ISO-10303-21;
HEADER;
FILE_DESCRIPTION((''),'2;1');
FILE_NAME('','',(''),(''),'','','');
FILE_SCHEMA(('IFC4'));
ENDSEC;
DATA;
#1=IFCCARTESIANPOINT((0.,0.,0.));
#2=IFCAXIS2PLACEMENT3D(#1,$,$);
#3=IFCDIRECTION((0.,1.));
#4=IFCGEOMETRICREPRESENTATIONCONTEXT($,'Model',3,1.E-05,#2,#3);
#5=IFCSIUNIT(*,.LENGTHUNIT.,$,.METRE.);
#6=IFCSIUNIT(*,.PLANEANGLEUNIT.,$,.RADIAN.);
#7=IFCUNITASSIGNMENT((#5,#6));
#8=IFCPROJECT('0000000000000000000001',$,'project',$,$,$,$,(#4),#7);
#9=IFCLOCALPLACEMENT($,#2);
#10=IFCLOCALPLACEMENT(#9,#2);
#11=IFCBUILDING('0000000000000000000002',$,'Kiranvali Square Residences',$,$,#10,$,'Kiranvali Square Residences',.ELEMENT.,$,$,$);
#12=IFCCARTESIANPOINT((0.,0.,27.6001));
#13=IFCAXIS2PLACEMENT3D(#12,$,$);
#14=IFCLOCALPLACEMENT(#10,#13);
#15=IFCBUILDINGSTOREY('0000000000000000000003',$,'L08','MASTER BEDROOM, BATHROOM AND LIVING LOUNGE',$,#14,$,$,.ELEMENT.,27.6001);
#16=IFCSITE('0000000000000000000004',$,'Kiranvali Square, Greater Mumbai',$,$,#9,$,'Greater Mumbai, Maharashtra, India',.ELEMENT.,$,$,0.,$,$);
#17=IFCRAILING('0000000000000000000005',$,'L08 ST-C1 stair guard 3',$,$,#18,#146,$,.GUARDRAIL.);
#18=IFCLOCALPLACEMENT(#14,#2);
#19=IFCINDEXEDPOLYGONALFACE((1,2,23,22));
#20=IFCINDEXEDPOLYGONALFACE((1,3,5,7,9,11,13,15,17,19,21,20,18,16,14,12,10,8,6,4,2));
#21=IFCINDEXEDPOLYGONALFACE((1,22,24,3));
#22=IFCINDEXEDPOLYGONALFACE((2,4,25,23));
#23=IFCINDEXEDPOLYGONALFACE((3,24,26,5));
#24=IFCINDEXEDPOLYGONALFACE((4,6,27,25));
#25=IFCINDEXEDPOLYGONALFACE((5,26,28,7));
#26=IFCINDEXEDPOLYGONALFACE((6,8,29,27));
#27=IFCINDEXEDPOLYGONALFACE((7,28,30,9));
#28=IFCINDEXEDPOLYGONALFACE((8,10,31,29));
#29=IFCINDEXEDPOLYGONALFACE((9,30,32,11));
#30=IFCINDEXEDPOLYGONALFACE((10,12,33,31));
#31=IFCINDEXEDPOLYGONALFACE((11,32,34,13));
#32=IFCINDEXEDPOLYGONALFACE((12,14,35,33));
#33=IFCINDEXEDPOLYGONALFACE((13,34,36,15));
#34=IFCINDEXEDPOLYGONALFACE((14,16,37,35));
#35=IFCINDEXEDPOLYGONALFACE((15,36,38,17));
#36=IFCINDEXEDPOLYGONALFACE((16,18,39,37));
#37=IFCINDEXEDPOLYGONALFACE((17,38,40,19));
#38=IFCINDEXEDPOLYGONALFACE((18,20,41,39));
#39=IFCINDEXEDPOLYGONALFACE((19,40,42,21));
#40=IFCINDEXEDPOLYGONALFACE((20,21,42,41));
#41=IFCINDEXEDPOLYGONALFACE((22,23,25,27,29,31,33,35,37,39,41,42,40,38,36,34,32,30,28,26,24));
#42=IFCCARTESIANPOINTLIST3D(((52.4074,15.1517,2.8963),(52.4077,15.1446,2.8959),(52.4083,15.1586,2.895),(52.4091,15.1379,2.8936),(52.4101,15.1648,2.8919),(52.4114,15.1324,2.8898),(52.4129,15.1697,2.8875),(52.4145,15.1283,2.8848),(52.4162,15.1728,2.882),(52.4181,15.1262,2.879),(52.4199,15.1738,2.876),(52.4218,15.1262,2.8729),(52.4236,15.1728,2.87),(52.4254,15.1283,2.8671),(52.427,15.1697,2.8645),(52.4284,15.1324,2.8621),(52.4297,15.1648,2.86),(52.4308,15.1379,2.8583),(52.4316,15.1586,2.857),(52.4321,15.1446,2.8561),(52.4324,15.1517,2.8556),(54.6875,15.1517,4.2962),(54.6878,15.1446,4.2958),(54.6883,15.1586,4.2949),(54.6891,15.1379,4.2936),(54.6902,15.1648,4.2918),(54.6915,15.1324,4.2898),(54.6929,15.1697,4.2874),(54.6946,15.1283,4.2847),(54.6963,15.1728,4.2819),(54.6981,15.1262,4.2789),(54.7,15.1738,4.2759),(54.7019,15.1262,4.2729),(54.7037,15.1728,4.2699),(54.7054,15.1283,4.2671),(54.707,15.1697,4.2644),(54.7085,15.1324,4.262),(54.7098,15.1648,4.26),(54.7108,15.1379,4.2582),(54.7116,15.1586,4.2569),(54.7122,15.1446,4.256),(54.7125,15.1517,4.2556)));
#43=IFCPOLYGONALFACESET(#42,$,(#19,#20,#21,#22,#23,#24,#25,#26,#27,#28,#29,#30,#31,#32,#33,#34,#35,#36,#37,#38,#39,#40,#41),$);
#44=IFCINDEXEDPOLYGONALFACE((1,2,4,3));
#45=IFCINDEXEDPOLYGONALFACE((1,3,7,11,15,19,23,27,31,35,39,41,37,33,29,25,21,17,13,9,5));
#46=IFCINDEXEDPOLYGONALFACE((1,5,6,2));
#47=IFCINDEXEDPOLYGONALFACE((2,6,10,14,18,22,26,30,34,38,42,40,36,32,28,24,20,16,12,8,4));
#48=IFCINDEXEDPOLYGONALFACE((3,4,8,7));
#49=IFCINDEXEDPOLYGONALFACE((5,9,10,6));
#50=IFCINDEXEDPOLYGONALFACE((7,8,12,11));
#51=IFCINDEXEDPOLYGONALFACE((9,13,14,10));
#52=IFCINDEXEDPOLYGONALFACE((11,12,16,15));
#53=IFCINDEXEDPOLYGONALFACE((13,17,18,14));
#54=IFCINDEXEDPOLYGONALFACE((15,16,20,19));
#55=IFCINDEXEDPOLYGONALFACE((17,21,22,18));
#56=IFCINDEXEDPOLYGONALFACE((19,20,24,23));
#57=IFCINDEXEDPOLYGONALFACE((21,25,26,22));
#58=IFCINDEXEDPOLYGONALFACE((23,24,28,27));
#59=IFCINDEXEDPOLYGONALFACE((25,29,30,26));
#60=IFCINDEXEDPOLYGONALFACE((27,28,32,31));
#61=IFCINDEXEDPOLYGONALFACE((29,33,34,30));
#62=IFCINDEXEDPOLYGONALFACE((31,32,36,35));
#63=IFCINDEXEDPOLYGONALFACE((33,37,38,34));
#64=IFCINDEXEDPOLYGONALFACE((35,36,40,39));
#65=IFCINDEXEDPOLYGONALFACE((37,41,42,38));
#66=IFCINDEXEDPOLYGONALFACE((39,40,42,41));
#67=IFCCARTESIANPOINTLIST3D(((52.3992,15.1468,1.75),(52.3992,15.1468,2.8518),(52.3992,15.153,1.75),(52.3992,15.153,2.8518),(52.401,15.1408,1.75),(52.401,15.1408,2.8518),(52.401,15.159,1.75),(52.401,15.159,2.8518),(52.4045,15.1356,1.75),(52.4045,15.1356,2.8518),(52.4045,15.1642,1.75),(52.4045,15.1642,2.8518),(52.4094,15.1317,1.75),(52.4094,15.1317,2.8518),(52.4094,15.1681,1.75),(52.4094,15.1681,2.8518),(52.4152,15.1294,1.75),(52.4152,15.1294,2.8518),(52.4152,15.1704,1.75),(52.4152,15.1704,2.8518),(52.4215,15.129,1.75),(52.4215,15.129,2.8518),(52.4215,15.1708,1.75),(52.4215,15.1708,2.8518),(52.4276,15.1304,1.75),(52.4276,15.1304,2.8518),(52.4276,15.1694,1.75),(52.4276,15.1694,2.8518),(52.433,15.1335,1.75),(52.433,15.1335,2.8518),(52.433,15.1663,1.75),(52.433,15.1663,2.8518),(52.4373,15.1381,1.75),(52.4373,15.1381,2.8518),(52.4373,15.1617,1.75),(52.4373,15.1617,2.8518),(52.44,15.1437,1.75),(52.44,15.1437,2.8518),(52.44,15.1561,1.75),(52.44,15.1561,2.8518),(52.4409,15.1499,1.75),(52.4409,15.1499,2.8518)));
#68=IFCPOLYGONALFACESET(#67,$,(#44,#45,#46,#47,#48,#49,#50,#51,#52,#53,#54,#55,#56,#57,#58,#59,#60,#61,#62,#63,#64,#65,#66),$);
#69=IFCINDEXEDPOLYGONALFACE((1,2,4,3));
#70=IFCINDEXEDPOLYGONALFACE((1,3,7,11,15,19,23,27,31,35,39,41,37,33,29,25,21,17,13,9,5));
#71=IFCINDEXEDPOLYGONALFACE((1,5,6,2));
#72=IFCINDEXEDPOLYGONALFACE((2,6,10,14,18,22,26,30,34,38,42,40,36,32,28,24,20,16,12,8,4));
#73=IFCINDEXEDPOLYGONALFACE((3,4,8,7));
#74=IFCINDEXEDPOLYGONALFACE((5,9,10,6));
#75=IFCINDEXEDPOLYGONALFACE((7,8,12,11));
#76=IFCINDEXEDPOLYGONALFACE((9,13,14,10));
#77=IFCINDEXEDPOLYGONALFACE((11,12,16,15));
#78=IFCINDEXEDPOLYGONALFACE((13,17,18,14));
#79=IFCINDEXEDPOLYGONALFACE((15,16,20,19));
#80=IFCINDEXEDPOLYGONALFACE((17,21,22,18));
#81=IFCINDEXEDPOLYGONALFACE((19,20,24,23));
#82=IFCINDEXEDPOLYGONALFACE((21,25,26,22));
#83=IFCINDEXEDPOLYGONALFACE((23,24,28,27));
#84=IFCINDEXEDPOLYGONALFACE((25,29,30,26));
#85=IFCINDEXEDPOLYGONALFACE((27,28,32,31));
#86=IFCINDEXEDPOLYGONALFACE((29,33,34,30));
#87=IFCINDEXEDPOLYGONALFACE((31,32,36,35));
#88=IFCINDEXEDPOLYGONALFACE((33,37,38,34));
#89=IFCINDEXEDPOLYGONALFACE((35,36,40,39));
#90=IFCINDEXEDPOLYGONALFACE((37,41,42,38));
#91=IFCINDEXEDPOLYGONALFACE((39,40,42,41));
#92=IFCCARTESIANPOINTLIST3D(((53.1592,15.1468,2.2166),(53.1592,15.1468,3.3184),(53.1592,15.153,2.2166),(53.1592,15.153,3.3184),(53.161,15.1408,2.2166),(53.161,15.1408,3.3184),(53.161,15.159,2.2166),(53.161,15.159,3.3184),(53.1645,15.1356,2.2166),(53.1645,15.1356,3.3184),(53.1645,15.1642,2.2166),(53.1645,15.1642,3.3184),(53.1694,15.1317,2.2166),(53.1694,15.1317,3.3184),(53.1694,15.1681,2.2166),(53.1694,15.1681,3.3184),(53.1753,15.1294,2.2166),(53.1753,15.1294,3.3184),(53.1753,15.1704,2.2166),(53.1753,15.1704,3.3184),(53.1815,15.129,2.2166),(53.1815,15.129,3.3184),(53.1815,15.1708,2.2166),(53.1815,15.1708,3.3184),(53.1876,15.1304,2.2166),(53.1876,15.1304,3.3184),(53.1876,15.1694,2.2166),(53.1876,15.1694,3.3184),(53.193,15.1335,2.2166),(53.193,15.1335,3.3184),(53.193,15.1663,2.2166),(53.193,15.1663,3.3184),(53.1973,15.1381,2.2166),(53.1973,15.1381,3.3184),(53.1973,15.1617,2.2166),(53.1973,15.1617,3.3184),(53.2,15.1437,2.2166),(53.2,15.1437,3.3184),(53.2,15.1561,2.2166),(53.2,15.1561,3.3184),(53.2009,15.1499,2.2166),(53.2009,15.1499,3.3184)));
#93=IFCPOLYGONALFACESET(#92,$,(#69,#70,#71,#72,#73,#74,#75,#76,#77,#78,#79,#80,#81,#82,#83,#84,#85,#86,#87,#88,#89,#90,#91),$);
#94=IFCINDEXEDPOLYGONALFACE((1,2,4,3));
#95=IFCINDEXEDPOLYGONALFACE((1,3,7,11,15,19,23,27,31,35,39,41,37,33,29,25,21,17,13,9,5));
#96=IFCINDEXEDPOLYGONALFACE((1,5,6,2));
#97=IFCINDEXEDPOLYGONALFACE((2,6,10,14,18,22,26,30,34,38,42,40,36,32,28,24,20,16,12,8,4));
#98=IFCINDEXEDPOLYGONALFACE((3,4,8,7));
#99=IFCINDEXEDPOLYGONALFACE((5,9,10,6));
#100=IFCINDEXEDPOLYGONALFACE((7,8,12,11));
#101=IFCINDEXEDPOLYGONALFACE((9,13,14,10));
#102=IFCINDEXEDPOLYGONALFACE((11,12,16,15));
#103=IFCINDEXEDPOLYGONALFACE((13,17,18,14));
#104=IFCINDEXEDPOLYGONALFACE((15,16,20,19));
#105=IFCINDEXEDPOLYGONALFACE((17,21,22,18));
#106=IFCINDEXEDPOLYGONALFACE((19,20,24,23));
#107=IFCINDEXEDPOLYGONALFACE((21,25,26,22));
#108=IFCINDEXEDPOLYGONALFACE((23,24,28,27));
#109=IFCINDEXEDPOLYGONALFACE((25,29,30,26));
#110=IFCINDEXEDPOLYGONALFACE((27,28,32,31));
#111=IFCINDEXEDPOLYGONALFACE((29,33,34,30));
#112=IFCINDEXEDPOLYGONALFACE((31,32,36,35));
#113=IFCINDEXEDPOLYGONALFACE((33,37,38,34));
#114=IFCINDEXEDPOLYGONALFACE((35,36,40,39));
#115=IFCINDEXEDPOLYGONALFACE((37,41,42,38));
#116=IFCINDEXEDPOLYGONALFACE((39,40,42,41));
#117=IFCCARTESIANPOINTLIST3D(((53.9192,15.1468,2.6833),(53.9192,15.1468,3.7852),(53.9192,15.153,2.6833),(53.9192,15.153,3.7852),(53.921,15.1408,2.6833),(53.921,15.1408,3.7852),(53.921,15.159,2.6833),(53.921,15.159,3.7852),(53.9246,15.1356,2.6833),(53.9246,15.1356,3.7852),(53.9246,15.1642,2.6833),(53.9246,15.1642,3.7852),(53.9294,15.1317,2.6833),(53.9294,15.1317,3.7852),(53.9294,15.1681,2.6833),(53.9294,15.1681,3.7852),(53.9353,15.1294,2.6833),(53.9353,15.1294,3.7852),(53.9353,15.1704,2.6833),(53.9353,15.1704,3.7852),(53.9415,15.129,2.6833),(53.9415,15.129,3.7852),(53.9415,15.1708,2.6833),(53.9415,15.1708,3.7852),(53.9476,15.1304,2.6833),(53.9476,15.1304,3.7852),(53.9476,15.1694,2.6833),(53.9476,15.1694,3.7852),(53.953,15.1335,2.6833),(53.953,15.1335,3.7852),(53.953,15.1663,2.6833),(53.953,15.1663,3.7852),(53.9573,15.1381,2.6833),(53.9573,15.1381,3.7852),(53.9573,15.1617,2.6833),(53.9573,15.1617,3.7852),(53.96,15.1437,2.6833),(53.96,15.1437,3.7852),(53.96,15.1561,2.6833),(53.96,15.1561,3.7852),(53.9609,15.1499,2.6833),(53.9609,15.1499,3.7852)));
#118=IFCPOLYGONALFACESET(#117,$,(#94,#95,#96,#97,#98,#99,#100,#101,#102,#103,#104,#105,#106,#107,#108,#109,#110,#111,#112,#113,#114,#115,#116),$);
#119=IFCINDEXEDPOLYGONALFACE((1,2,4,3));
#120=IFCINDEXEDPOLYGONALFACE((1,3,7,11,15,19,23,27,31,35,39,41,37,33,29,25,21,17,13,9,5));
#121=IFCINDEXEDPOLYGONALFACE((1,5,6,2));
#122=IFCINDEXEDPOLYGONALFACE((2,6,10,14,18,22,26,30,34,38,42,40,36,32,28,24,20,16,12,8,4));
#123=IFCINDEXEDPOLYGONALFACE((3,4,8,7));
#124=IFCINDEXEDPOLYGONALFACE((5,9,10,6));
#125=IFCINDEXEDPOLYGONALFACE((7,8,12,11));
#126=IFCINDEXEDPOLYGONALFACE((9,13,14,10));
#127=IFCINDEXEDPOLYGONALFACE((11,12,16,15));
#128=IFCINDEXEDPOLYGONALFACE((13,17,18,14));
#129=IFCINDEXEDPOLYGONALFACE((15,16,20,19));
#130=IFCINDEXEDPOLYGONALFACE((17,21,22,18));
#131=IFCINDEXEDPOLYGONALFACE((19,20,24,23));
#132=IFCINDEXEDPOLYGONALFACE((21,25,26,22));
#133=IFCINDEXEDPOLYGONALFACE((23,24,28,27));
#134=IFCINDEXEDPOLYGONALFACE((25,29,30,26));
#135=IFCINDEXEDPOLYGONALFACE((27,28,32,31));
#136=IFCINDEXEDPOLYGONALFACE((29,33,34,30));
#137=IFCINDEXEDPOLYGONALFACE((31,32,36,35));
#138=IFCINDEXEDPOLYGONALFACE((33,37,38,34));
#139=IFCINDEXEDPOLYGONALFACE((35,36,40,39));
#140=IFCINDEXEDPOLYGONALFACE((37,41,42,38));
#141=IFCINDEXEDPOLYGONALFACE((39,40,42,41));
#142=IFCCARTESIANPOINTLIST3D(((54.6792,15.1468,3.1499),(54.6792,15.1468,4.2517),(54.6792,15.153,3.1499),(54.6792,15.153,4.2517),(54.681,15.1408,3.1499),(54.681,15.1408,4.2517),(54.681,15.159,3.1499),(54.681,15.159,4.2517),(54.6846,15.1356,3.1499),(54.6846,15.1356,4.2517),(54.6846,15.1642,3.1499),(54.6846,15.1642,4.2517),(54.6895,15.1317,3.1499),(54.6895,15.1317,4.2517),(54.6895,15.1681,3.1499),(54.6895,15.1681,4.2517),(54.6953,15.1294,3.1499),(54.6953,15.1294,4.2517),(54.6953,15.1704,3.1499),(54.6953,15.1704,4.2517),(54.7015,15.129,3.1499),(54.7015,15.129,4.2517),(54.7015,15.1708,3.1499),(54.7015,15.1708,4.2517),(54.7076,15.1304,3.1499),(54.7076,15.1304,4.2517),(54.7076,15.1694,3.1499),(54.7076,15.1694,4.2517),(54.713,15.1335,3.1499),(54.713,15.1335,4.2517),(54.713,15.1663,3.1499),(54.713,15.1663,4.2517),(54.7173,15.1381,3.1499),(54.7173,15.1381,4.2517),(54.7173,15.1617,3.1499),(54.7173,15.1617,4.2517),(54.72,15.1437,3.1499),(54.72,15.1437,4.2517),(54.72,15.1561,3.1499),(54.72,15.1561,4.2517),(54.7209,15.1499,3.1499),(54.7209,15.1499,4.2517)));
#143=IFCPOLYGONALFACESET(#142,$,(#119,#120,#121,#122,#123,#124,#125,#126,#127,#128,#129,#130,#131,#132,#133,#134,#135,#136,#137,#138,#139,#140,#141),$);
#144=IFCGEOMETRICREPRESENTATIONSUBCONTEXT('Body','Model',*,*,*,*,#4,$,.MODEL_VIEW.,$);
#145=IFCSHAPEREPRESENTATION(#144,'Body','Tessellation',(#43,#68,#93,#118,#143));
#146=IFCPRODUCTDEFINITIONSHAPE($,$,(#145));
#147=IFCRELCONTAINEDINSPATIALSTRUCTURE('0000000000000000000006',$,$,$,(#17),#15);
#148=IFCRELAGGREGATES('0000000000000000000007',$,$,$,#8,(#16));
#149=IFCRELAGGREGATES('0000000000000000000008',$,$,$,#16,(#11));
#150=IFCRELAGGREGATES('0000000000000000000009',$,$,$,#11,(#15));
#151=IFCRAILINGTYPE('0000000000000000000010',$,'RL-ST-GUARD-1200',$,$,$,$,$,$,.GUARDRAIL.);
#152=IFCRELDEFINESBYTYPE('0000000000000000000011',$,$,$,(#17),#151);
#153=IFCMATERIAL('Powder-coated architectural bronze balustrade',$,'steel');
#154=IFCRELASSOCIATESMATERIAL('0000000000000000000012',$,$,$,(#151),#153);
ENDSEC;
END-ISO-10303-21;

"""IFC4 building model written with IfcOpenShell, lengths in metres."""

from ifc_helpers import new_model, si_unit, direction, frame, origin, origin_2d, place, context, subcontext, project, spatial, circle, extrude, material, type_object, element, save


model = new_model("IFC4")

# Units and contexts
model_context = context("Model", 3, precision=1e-05, world=origin(), true_north=direction((0.0, 1.0)))
body_context = subcontext(model_context, "Body", "Model", "MODEL_VIEW")
ifc_project = project(units=[si_unit("LENGTHUNIT", "METRE"), si_unit("PLANEANGLEUNIT", "RADIAN")], contexts=[model_context])

# Site, building, storey
site_placement = place(None, origin())
site = spatial("IfcSite", under=ifc_project, at=site_placement, Name="Kiranvali Square, Greater Mumbai", LongName="Greater Mumbai, Maharashtra, India", CompositionType="ELEMENT", RefElevation=0.0)
building_placement = place(site_placement, origin())
building = spatial("IfcBuilding", under=site, at=building_placement, Name="Kiranvali Square Residences", LongName="Kiranvali Square Residences", CompositionType="ELEMENT")
storey_placement = place(building_placement, frame((0.0, 0.0, 27.6001)))
storey = spatial("IfcBuildingStorey", under=building, at=storey_placement, Name="L08", Description="MASTER BEDROOM, BATHROOM AND LIVING LOUNGE", CompositionType="ELEMENT", Elevation=27.6001)

# Railing
ifc_material_1 = material(Name="Powder-coated architectural bronze balustrade", Category="steel")
railing_type_1 = type_object("IfcRailingType", Name="RL-ST-GUARD-1200", PredefinedType="GUARDRAIL", material=ifc_material_1)
railing_1_placement = place(storey_placement, frame((52.4199, 15.1499, 1.75)))
element("IfcRailing", 1, at=railing_1_placement, inside=storey, type_object=railing_type_1, Name="L08 ST-C1 stair guard 3", PredefinedType="GUARDRAIL", context=body_context, shape_type="SweptSolid", body=[
    extrude(circle(Radius=0.0239, at=origin_2d()), frame((0.0, 0.0, 1.126), z_axis=(0.85219, 0.0, 0.523232), x_axis=(0.0, 1.0, 0.0)), (0.0, 0.0, 1.0), 2.6755),
    extrude(circle(Radius=0.021, at=origin_2d()), origin(), (0.0, 0.0, 1.0), 1.1018),
    extrude(circle(Radius=0.021, at=origin_2d()), frame((0.76, 0.0, 0.4666)), (0.0, 0.0, 1.0), 1.1018),
    extrude(circle(Radius=0.021, at=origin_2d()), frame((1.52, 0.0, 0.9333)), (0.0, 0.0, 1.0), 1.1018),
    extrude(circle(Radius=0.021, at=origin_2d()), frame((2.28, 0.0, 1.3999)), (0.0, 0.0, 1.0), 1.1018),
])

save(model, "model.ifc")
